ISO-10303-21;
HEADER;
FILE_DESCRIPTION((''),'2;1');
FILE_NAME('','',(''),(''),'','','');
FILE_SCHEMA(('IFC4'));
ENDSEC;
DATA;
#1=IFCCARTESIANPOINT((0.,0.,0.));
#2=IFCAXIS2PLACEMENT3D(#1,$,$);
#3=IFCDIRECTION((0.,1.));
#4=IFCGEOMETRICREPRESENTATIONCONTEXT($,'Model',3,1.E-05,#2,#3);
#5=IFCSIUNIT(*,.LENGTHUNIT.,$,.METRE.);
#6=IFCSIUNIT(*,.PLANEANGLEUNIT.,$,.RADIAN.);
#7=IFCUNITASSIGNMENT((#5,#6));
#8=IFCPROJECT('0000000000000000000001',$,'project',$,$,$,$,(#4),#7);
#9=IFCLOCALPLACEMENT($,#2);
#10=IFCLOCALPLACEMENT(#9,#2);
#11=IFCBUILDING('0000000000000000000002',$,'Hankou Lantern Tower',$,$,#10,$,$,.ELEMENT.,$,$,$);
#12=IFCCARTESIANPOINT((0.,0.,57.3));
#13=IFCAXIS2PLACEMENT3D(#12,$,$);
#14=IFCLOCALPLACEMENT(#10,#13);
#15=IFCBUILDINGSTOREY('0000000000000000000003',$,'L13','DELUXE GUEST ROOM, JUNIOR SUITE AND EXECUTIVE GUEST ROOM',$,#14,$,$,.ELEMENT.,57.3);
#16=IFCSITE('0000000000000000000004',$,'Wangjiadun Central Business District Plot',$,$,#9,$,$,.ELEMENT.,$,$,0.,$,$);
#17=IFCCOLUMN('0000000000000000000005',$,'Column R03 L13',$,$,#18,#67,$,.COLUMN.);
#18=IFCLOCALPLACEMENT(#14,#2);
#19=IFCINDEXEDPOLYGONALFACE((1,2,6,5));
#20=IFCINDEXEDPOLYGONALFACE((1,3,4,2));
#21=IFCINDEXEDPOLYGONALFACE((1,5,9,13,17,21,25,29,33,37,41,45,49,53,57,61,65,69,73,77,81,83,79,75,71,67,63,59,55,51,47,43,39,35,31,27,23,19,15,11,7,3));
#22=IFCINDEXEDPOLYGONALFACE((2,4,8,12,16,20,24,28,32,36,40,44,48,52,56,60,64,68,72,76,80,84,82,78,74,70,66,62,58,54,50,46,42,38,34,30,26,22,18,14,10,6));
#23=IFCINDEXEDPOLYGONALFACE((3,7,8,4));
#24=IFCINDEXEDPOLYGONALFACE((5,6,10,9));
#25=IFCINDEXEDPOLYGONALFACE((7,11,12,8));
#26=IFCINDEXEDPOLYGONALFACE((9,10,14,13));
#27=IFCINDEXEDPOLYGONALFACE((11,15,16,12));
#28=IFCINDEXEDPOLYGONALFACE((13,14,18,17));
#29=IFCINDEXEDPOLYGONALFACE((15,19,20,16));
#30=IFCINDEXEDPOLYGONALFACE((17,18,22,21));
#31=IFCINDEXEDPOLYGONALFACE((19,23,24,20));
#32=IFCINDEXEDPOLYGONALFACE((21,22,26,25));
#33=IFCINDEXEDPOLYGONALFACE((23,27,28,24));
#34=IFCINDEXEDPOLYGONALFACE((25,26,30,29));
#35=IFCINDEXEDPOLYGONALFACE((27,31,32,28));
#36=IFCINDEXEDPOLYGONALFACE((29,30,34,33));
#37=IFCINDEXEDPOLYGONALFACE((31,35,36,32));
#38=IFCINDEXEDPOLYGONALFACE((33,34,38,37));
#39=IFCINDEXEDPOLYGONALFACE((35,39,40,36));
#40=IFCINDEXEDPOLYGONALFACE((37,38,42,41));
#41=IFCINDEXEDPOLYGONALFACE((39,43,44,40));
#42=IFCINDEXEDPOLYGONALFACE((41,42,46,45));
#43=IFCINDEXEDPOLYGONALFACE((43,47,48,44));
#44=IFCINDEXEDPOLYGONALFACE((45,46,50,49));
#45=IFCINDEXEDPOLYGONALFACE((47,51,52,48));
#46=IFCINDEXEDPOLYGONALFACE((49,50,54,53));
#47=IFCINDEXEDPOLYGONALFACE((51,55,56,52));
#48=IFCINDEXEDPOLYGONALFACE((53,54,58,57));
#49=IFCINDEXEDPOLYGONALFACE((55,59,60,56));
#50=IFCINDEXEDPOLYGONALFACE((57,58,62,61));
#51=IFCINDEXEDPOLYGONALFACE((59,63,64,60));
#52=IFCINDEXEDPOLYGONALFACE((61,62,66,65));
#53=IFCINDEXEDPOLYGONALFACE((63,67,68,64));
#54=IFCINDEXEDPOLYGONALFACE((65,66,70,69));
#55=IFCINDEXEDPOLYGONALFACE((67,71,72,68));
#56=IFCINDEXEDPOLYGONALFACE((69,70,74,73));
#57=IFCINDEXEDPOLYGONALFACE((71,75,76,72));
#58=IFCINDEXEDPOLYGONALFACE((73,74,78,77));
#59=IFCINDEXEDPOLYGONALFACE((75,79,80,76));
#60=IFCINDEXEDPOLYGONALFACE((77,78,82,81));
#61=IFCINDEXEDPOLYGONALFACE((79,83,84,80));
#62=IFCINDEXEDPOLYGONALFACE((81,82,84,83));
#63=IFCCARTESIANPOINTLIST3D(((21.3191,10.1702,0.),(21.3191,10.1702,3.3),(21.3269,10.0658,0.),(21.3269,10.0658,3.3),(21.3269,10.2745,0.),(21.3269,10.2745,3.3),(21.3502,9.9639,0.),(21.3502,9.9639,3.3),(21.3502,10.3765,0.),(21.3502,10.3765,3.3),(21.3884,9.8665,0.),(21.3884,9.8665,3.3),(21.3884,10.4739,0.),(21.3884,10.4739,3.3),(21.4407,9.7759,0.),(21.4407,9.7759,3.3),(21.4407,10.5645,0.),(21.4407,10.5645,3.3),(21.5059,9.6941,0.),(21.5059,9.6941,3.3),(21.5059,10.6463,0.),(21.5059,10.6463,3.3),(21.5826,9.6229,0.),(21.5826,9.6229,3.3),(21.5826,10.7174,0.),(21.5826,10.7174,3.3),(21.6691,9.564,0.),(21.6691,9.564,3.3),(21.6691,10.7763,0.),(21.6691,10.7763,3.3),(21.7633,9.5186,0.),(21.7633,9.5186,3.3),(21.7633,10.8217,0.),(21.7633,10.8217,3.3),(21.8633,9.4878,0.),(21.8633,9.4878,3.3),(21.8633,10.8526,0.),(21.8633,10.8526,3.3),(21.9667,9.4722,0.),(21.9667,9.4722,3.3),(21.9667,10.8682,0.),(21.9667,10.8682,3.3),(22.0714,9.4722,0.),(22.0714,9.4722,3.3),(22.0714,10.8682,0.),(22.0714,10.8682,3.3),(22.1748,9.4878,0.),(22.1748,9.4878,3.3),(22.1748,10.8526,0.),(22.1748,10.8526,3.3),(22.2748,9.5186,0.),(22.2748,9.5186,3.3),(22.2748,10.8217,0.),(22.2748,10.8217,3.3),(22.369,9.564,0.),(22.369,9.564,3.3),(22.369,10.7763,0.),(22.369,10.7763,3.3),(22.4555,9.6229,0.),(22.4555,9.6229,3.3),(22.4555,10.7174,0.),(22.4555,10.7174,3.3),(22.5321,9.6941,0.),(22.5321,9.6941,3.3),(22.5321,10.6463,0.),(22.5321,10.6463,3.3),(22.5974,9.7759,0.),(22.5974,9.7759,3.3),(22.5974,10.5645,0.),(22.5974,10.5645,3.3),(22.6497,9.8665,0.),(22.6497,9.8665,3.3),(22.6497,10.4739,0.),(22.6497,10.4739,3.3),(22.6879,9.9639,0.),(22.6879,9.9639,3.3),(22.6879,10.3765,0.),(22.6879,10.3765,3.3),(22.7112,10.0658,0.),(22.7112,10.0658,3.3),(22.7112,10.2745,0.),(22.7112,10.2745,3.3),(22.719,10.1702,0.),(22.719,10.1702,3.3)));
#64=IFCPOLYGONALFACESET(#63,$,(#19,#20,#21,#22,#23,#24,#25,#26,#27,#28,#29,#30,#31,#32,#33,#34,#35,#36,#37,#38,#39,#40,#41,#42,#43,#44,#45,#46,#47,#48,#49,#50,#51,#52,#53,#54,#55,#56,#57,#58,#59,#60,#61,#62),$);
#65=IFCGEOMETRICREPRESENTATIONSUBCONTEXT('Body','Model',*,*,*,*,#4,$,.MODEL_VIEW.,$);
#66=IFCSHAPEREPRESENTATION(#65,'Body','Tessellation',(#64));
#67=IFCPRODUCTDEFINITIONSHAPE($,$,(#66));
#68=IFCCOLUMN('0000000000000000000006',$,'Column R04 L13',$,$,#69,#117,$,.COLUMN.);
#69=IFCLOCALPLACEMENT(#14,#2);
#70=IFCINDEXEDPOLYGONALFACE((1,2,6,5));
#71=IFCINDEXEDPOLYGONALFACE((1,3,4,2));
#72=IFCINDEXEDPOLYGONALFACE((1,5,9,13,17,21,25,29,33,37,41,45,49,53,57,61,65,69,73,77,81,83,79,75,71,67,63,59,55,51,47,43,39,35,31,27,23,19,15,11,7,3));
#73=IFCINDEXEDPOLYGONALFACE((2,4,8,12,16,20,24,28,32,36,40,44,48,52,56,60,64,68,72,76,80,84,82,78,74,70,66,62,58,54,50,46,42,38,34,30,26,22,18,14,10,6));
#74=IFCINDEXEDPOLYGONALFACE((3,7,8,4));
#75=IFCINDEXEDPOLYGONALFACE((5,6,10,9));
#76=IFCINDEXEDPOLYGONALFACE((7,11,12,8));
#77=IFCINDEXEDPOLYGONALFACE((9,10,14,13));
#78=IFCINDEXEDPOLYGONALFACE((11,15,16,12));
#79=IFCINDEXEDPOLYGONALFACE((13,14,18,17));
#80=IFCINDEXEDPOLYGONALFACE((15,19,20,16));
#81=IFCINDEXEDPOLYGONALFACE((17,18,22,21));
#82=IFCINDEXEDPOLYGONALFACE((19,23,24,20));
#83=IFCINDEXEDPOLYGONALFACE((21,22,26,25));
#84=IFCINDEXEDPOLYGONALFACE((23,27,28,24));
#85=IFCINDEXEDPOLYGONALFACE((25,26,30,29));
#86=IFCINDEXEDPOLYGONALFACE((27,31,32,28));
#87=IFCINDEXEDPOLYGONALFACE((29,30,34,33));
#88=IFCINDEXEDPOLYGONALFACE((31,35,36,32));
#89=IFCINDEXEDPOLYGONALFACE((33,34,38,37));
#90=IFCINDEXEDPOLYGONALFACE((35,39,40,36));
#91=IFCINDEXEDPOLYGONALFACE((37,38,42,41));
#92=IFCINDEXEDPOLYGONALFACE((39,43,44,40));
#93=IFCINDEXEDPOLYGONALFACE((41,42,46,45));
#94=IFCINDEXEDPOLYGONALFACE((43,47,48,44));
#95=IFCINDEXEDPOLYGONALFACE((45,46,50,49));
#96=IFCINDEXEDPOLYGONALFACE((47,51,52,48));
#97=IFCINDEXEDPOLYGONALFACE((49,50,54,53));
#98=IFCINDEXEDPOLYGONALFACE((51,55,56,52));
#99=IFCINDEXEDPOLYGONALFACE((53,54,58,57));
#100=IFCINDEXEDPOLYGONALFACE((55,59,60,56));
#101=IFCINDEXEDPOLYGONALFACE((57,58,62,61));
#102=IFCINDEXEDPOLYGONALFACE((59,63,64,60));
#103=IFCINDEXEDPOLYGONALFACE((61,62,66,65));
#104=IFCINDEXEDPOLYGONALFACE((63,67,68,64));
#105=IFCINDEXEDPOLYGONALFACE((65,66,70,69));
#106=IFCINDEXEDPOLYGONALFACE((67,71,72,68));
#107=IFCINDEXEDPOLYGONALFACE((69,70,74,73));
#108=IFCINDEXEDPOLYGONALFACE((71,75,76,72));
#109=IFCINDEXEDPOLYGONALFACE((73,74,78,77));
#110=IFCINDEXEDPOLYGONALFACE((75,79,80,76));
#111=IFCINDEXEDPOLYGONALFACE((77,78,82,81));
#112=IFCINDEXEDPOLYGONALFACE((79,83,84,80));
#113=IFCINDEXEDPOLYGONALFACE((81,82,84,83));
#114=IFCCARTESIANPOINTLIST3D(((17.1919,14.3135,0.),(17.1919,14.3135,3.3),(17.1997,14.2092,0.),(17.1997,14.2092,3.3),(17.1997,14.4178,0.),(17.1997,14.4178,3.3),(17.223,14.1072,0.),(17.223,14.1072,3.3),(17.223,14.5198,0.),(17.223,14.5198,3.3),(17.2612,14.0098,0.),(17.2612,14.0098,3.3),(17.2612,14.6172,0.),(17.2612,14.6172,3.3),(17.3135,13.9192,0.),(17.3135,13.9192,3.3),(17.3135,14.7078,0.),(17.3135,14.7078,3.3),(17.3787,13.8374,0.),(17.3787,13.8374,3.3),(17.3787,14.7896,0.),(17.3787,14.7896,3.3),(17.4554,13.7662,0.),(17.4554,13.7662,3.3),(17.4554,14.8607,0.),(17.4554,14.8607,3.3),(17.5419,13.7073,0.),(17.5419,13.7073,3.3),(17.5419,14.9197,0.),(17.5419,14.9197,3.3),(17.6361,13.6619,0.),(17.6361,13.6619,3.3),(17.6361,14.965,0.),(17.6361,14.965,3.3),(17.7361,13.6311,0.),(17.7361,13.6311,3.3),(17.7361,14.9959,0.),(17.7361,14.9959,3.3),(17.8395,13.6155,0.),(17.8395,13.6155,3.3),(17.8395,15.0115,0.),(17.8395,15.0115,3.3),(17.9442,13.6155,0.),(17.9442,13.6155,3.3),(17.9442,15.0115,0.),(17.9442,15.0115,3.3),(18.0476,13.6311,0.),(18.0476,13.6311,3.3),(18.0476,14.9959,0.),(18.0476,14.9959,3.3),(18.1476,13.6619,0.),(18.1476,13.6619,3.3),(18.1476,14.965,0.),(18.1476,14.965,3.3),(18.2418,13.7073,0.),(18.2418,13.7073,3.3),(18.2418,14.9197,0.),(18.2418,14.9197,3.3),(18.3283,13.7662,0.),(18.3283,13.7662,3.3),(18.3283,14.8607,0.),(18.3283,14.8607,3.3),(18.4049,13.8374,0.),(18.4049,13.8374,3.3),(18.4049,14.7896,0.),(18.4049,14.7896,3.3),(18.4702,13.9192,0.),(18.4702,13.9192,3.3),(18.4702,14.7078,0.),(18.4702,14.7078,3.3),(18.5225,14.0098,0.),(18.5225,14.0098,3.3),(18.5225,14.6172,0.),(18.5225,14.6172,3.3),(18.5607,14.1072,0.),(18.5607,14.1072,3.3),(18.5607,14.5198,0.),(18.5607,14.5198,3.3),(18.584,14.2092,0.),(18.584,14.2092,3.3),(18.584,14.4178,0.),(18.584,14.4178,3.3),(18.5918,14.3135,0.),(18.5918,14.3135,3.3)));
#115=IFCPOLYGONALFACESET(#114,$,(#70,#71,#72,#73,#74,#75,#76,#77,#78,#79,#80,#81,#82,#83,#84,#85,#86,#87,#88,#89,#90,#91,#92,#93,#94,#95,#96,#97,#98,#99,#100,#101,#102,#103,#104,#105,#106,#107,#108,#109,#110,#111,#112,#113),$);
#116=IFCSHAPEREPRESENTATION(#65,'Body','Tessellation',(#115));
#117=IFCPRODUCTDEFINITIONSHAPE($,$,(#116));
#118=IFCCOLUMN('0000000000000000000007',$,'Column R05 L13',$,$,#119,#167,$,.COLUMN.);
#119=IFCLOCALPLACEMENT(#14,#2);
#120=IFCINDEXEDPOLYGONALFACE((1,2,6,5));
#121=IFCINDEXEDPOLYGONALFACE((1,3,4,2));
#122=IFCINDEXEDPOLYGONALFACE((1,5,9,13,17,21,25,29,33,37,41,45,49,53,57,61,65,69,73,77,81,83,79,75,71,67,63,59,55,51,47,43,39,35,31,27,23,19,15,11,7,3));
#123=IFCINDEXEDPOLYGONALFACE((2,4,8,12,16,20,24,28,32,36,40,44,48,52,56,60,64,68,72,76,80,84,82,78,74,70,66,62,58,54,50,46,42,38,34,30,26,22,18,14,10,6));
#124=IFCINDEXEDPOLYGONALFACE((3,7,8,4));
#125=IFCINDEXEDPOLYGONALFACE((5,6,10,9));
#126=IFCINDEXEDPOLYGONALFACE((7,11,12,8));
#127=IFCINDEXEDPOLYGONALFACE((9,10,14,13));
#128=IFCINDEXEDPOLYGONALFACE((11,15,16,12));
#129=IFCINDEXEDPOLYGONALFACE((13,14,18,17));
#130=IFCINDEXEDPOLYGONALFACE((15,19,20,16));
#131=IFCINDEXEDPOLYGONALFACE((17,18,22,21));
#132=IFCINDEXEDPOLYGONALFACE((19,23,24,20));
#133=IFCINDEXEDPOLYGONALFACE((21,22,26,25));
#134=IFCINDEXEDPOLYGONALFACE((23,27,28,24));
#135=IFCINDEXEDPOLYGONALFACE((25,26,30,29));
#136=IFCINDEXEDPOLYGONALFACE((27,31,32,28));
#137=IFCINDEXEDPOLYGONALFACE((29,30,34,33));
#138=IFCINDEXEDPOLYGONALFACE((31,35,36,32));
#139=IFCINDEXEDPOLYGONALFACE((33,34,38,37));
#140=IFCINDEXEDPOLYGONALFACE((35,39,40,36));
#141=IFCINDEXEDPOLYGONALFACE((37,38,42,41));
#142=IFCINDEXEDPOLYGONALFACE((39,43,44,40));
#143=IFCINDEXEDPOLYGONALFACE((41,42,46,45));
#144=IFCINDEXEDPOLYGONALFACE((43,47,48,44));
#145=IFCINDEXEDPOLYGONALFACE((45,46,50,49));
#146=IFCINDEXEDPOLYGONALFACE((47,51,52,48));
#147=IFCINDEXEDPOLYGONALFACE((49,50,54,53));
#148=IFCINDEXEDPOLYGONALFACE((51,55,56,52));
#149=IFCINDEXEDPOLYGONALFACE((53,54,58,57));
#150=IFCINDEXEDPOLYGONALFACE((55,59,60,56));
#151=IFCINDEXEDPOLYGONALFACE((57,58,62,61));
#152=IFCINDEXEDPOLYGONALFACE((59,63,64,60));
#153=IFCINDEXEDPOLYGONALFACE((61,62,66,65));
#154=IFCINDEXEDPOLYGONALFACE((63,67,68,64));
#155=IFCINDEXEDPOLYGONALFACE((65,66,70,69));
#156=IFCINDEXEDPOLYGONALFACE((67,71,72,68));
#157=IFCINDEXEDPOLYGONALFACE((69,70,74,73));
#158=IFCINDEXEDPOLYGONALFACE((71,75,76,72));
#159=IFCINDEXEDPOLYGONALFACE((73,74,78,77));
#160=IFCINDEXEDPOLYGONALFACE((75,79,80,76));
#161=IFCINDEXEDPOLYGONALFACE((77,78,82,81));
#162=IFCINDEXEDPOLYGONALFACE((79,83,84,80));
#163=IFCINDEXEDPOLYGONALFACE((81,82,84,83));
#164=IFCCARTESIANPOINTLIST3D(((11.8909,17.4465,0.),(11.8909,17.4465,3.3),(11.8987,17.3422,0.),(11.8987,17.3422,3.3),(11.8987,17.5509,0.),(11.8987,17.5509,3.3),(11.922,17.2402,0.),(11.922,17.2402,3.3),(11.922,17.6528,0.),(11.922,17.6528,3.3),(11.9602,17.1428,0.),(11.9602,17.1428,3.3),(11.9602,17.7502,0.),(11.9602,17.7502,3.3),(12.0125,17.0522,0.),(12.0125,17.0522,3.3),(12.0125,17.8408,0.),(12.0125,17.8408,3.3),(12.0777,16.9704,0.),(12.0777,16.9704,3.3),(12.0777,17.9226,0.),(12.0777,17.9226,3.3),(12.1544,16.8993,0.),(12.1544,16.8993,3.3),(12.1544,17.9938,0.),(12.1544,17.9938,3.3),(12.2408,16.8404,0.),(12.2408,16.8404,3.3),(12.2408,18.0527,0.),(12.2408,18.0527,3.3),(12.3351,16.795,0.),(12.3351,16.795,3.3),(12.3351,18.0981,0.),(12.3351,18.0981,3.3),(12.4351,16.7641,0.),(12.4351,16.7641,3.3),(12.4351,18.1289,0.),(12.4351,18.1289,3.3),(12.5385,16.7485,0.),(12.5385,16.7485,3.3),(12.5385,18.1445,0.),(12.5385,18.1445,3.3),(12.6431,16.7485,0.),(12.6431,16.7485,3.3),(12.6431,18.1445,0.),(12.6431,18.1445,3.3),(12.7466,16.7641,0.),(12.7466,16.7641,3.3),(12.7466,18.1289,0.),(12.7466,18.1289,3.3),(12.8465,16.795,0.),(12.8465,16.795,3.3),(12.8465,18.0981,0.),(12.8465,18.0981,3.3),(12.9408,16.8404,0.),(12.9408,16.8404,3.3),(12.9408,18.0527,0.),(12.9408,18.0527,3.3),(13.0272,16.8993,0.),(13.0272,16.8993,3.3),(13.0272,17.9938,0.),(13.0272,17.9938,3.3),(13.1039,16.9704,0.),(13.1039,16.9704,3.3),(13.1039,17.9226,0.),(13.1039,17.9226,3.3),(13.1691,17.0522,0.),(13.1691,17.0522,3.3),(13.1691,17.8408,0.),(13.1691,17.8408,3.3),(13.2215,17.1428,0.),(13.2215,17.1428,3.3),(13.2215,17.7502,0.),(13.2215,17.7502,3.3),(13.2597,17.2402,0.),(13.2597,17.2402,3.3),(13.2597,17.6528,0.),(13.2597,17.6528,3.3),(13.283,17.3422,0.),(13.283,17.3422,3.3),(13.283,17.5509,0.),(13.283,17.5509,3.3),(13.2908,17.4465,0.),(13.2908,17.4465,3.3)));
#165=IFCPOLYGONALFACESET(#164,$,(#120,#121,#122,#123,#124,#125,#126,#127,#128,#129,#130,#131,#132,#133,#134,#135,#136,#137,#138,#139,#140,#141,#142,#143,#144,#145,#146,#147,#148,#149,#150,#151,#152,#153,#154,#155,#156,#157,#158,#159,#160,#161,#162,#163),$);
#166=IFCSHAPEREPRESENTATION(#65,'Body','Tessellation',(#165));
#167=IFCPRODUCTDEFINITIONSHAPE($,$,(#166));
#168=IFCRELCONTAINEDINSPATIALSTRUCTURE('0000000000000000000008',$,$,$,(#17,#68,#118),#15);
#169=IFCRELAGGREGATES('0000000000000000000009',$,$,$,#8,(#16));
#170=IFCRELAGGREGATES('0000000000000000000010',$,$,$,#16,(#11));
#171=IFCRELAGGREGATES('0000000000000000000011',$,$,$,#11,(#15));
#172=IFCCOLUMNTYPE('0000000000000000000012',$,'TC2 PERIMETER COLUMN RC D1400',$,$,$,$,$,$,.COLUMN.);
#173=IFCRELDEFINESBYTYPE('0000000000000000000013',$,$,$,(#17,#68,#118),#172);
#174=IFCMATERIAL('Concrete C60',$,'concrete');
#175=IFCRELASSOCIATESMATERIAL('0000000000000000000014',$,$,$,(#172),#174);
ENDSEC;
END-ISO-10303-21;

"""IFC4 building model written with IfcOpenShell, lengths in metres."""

from ifc_helpers import new_model, si_unit, direction, frame, origin, origin_2d, place, context, subcontext, project, spatial, circle, extrude, material, material_profile, profile_set, type_object, element, save


model = new_model("IFC4")

# Units and contexts
model_context = context("Model", 3, precision=1e-05, world=origin(), true_north=direction((0.0, 1.0)))
body_context = subcontext(model_context, "Body", "Model", "MODEL_VIEW")
ifc_project = project(units=[si_unit("LENGTHUNIT", "METRE"), si_unit("PLANEANGLEUNIT", "RADIAN")], contexts=[model_context])

# Site, building, storey
site_placement = place(None, origin())
site = spatial("IfcSite", under=ifc_project, at=site_placement, Name="Wangjiadun Central Business District Plot", CompositionType="ELEMENT", RefElevation=0.0)
building_placement = place(site_placement, origin())
building = spatial("IfcBuilding", under=site, at=building_placement, Name="Hankou Lantern Tower", CompositionType="ELEMENT")
storey_placement = place(building_placement, frame((0.0, 0.0, 57.3)))
storey = spatial("IfcBuildingStorey", under=building, at=storey_placement, Name="L13", Description="DELUXE GUEST ROOM, JUNIOR SUITE AND EXECUTIVE GUEST ROOM", CompositionType="ELEMENT", Elevation=57.3)

# Columns
ifc_material_1 = material(Name="Concrete C60", Category="concrete")
ifc_material_profile_1 = material_profile(ifc_material_1, circle(Radius=0.7, at=origin_2d()), Name="RC D1400")
ifc_profile_set_1 = profile_set([ifc_material_profile_1], Name="Concrete C60")
column_type = type_object("IfcColumnType", Name="TC2 PERIMETER COLUMN RC D1400", PredefinedType="COLUMN", material=ifc_profile_set_1)
for number, where, z_axis, x_axis, name in (
    (1, (22.019, 10.1702, 0.0), (0.0, 0.0, 1.0), (1.0, 0.0, 0.0), "Column R03 L13"),
    (2, (17.8918, 14.3135, 0.0), (0.0, 0.0, 1.0), (1.0, 0.0, 0.0), "Column R04 L13"),
    (3, (12.5908, 17.4465, 0.0), (0.0, 0.0, 1.0), (1.0, 0.0, 0.0), "Column R05 L13"),
):
    element("IfcColumn", number, at=place(storey_placement, frame(where, z_axis=z_axis, x_axis=x_axis)), inside=storey, type_object=column_type, Name=name, PredefinedType="COLUMN", context=body_context, shape_type="SweptSolid", body=[
        extrude(circle(Radius=0.7, at=origin_2d()), origin(), (0.0, 0.0, 1.0), 3.3),
    ])

save(model, "model.ifc")
